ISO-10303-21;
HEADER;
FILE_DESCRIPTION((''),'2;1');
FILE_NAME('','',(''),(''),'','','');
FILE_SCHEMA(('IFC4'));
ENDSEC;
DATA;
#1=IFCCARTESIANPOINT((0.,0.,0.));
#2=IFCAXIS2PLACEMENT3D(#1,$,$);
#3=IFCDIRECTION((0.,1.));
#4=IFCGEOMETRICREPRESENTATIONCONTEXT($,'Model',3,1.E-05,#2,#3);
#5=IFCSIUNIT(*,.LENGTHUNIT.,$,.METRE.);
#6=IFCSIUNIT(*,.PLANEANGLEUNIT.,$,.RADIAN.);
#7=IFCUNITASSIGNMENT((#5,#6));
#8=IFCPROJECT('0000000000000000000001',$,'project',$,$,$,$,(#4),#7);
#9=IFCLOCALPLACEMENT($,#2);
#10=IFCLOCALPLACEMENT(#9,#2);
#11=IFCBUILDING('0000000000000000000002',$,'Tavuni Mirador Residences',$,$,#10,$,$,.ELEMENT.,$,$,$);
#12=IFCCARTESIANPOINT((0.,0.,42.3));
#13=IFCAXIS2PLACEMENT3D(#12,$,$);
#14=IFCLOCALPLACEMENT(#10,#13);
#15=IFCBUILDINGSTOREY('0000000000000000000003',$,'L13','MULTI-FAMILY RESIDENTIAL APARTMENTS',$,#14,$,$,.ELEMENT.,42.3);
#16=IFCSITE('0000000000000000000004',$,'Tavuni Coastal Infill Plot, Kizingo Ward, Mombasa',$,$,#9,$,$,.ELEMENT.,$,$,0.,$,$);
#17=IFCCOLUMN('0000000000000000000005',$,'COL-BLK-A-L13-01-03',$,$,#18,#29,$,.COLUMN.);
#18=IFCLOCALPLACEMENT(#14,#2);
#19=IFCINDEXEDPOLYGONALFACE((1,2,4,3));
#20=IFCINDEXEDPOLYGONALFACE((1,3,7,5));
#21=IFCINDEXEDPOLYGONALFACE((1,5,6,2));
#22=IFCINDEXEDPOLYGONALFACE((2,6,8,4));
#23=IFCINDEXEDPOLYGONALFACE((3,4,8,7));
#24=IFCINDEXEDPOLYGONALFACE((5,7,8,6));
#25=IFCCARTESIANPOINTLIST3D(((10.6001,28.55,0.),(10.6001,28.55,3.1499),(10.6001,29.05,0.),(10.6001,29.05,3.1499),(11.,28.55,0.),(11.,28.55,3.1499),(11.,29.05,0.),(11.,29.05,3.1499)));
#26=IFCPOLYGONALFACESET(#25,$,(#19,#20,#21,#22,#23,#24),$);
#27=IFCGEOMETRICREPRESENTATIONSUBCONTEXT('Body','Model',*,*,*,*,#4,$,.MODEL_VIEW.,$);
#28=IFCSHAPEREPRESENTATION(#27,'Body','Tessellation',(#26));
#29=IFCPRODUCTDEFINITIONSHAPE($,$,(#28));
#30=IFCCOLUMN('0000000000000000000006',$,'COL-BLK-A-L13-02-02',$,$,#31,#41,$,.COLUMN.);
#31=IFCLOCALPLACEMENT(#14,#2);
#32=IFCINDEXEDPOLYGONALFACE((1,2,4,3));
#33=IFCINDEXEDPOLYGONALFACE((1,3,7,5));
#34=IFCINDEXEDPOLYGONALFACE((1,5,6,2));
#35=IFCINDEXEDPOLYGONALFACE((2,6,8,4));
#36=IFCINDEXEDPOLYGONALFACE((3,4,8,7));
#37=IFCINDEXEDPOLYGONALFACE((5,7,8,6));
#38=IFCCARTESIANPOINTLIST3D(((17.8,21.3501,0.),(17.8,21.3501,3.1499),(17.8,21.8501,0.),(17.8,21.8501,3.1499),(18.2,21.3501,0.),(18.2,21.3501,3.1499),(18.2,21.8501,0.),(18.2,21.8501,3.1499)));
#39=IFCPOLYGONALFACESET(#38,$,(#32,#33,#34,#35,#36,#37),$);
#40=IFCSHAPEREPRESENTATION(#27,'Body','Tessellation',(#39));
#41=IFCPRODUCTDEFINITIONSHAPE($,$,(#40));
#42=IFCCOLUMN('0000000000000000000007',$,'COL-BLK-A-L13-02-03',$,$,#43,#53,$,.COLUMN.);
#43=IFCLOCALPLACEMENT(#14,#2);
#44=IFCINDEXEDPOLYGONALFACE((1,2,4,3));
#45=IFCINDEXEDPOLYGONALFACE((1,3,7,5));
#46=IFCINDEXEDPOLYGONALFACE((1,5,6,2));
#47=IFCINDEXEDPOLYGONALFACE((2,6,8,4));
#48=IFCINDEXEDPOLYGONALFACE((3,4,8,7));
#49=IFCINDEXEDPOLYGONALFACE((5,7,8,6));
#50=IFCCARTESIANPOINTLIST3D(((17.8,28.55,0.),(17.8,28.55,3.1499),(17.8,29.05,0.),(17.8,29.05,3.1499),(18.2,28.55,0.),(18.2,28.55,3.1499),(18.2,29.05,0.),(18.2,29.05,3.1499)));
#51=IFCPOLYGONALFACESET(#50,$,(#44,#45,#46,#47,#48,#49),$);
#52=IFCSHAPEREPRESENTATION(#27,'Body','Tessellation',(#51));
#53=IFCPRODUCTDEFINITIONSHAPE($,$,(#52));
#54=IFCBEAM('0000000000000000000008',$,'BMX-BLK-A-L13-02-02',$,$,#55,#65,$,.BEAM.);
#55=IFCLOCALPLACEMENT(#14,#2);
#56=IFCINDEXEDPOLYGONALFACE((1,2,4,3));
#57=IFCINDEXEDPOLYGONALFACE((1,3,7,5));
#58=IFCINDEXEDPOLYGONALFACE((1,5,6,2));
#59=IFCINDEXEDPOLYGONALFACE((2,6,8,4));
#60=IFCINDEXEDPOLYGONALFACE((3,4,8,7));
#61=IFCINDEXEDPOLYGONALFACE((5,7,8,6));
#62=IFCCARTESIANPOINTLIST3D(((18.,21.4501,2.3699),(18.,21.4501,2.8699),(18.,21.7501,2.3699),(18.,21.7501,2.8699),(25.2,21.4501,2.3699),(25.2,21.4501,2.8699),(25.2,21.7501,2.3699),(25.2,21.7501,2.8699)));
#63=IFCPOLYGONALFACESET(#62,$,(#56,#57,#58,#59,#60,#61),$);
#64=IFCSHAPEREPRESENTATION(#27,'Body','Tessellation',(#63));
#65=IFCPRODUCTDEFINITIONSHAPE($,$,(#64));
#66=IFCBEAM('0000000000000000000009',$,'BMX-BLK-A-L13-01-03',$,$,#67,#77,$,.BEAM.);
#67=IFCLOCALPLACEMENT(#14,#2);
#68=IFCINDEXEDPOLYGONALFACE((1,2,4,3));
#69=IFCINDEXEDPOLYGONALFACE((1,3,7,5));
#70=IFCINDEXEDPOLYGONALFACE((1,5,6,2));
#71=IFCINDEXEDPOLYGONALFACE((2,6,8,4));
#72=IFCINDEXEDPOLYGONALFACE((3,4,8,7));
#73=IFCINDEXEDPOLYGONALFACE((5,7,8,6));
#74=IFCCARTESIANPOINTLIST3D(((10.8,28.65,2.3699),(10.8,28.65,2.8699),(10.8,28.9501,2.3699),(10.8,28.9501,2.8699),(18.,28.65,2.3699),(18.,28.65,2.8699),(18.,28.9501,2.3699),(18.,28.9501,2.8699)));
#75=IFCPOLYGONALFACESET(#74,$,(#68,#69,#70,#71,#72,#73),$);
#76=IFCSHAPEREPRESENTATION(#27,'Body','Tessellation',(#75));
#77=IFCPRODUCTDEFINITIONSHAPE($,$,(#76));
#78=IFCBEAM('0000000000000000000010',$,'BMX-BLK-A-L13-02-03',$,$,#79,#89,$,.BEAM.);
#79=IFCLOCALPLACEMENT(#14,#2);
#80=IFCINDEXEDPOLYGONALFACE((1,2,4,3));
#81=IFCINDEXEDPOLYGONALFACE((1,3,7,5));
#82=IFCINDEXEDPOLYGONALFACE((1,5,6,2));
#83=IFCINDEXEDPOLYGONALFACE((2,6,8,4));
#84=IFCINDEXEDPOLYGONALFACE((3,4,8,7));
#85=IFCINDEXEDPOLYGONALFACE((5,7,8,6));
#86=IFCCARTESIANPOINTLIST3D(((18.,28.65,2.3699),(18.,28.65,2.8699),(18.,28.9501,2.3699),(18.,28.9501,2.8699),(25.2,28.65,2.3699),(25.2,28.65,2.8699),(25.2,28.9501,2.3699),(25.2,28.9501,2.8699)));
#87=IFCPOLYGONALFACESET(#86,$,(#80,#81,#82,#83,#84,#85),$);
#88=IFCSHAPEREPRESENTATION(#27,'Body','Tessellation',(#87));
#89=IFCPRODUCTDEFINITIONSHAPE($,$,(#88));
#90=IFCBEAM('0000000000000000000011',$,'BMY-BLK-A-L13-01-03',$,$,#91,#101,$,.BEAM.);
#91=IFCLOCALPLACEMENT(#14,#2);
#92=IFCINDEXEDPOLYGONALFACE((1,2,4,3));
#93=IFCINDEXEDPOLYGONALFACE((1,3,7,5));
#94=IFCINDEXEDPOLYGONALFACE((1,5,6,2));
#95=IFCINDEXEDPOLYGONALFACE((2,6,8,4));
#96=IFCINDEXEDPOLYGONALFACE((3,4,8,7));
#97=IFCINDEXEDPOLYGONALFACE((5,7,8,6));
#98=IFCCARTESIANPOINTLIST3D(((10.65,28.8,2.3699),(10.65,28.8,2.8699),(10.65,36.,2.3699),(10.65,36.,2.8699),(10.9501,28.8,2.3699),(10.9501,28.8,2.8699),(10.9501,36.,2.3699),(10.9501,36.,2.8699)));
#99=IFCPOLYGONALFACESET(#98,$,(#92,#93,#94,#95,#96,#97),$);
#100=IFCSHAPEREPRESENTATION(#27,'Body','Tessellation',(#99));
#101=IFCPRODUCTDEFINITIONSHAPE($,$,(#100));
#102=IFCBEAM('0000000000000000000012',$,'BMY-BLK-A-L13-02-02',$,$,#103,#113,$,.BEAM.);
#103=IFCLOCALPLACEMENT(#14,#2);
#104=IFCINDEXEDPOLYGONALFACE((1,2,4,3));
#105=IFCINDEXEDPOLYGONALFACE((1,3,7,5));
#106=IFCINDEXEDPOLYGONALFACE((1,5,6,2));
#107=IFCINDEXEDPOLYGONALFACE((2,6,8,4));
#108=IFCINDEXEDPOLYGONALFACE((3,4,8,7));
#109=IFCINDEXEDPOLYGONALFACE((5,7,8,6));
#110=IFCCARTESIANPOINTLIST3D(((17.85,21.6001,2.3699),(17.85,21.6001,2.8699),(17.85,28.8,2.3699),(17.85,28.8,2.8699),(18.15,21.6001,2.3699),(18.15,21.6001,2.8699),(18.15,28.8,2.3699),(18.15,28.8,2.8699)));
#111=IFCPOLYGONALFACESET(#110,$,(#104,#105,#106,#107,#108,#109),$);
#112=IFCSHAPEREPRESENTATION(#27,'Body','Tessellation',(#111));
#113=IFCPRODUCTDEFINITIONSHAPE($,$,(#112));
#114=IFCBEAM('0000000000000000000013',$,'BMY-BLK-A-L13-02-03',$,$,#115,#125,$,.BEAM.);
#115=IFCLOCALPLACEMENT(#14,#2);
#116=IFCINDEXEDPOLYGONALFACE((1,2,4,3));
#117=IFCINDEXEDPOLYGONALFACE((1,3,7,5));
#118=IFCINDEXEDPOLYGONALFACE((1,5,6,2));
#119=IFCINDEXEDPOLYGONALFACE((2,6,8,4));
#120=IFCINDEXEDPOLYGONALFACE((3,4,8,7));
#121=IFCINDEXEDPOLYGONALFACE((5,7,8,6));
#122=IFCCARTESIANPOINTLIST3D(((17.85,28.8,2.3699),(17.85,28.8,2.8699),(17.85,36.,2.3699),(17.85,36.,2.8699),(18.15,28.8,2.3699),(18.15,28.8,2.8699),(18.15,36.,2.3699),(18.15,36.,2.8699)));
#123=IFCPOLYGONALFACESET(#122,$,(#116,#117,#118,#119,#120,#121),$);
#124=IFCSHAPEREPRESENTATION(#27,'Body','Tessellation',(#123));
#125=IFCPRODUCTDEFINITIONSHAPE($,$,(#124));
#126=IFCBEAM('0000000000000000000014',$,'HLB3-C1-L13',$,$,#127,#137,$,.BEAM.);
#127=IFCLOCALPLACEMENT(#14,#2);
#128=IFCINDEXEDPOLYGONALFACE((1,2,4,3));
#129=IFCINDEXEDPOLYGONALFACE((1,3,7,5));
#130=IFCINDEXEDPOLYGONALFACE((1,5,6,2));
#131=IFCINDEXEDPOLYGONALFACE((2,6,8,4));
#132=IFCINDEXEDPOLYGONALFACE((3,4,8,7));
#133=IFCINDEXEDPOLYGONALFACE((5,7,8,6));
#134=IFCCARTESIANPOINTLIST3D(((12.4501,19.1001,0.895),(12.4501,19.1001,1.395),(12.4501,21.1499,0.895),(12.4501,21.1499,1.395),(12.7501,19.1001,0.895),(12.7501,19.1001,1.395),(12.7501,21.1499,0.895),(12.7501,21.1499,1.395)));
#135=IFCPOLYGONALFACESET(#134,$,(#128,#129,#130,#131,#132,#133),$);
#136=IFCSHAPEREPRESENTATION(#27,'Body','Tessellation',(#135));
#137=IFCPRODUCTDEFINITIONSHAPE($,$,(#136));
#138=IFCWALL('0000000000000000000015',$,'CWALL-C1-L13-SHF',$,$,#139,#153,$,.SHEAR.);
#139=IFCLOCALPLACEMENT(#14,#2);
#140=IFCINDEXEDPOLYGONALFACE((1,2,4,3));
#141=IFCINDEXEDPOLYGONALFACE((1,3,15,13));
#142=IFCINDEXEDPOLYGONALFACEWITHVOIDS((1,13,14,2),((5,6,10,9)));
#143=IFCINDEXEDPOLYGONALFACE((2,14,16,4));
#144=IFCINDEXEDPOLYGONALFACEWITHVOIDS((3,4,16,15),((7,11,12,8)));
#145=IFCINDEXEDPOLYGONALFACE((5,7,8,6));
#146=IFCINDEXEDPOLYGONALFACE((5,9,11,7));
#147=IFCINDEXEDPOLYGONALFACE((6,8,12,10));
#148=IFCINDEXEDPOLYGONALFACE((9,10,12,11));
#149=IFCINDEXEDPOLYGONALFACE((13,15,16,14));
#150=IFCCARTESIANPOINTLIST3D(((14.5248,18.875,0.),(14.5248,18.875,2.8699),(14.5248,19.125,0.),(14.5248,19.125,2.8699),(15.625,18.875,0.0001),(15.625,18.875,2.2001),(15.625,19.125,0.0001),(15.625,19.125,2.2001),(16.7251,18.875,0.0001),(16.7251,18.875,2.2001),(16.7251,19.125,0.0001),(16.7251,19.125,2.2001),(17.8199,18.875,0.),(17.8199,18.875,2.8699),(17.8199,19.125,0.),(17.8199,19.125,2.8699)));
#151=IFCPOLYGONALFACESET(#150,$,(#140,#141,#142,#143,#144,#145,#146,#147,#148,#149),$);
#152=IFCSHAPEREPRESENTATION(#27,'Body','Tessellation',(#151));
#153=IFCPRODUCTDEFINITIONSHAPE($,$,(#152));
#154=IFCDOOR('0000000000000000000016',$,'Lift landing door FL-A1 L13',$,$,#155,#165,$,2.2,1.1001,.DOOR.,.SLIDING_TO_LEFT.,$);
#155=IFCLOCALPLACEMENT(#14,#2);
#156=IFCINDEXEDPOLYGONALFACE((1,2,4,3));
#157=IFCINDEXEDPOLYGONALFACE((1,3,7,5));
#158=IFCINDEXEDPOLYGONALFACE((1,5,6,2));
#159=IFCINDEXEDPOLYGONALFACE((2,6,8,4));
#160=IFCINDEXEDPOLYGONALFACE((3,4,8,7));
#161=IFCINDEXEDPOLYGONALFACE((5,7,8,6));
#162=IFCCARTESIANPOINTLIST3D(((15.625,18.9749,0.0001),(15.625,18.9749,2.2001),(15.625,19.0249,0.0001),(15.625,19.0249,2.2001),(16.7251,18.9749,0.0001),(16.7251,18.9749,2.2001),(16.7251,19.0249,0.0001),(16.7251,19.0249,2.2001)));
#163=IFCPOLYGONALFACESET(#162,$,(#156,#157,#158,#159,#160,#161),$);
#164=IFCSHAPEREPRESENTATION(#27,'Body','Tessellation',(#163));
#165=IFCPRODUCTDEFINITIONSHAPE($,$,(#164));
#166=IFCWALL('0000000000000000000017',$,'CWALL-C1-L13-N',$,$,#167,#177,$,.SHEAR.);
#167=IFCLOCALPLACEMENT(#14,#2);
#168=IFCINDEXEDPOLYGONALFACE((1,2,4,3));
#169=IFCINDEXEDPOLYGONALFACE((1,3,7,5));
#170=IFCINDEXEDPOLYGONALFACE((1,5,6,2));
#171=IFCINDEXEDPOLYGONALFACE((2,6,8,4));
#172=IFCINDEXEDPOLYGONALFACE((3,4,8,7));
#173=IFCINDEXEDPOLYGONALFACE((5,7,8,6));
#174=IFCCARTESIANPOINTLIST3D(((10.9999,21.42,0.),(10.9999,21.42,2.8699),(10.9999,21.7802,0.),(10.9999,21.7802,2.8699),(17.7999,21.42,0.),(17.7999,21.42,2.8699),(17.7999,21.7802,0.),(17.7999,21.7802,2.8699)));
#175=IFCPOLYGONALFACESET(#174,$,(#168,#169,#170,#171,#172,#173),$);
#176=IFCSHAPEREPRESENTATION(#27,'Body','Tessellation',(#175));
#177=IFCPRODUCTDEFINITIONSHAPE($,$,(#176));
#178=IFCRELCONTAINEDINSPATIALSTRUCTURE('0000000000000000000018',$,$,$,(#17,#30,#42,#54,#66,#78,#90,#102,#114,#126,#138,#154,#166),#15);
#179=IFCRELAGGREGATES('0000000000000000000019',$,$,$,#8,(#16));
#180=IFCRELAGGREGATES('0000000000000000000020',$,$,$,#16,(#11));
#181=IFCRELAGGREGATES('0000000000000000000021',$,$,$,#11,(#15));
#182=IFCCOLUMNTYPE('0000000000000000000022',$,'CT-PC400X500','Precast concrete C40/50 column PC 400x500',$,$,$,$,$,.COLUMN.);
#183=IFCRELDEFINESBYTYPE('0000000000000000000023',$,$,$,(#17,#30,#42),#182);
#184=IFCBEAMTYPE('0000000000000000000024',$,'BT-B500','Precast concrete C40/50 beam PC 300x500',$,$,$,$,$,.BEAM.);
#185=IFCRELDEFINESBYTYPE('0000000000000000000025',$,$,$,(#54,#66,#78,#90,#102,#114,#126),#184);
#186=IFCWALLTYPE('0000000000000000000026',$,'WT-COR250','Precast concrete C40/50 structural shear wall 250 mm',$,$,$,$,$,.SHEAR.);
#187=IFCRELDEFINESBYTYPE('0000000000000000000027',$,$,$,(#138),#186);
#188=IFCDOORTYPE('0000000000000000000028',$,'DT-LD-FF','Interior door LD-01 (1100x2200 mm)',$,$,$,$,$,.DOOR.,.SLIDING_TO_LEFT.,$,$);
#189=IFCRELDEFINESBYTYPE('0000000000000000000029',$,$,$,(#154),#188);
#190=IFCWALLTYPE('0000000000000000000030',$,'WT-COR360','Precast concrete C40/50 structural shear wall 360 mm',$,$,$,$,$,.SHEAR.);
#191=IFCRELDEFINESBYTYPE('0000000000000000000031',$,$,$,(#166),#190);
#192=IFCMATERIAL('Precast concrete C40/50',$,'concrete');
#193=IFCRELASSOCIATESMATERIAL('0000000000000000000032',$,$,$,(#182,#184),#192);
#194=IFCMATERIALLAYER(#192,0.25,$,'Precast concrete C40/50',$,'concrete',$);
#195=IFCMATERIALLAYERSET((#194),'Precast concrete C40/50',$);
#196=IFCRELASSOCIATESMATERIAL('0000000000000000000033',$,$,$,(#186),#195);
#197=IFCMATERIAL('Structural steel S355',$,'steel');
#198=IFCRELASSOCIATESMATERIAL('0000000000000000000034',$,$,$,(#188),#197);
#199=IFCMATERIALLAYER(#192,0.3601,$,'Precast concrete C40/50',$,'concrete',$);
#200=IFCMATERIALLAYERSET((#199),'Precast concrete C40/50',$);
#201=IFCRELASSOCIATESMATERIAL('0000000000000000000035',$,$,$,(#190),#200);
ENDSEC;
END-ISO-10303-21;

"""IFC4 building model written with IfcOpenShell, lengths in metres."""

from ifc_helpers import new_model, si_unit, direction, frame, frame_2d, origin, origin_2d, place, context, subcontext, project, spatial, rectangle, extrude, material, layer, layer_set, material_profile, profile_set, type_object, element, fill, save


model = new_model("IFC4")

# Units and contexts
model_context = context("Model", 3, precision=1e-05, world=origin(), true_north=direction((0.0, 1.0)))
body_context = subcontext(model_context, "Body", "Model", "MODEL_VIEW")
ifc_project = project(units=[si_unit("LENGTHUNIT", "METRE"), si_unit("PLANEANGLEUNIT", "RADIAN")], contexts=[model_context])

# Site, building, storey
site_placement = place(None, origin())
site = spatial("IfcSite", under=ifc_project, at=site_placement, Name="Tavuni Coastal Infill Plot, Kizingo Ward, Mombasa", CompositionType="ELEMENT", RefElevation=0.0)
building_placement = place(site_placement, origin())
building = spatial("IfcBuilding", under=site, at=building_placement, Name="Tavuni Mirador Residences", CompositionType="ELEMENT")
storey_placement = place(building_placement, frame((0.0, 0.0, 42.3)))
storey = spatial("IfcBuildingStorey", under=building, at=storey_placement, Name="L13", Description="MULTI-FAMILY RESIDENTIAL APARTMENTS", CompositionType="ELEMENT", Elevation=42.3)

# Columns
ifc_material_1 = material(Name="Precast concrete C40/50", Category="concrete")
ifc_material_profile_1 = material_profile(ifc_material_1, rectangle(XDim=0.3999, YDim=0.5, at=origin_2d()), Name="PC 400x500", Category="concrete")
ifc_profile_set_1 = profile_set([ifc_material_profile_1], Name="Precast concrete C40/50")
column_type = type_object("IfcColumnType", Name="CT-PC400X500", Description="Precast concrete C40/50 column PC 400x500", PredefinedType="COLUMN", material=ifc_profile_set_1)
for number, where, z_axis, x_axis, name in (
    (1, (10.8, 28.8, 0.0), (0.0, 0.0, 1.0), (1.0, 0.0, 0.0), "COL-BLK-A-L13-01-03"),
    (2, (18.0, 21.6001, 0.0), (0.0, 0.0, 1.0), (1.0, 0.0, 0.0), "COL-BLK-A-L13-02-02"),
    (3, (18.0, 28.8, 0.0), (0.0, 0.0, 1.0), (1.0, 0.0, 0.0), "COL-BLK-A-L13-02-03"),
):
    element("IfcColumn", number, at=place(storey_placement, frame(where, z_axis=z_axis, x_axis=x_axis)), inside=storey, type_object=column_type, Name=name, PredefinedType="COLUMN", context=body_context, shape_type="SweptSolid", body=[
        extrude(rectangle(XDim=0.3999, YDim=0.5, at=origin_2d()), origin(), (0.0, 0.0, 1.0), 3.1499),
    ])

# Beams
ifc_material_profile_2 = material_profile(ifc_material_1, rectangle(XDim=0.3, YDim=0.5, at=origin_2d()), Name="PC 300x500", Category="concrete")
ifc_profile_set_2 = profile_set([ifc_material_profile_2], Name="Precast concrete C40/50")
beam_type = type_object("IfcBeamType", Name="BT-B500", Description="Precast concrete C40/50 beam PC 300x500", PredefinedType="BEAM", material=ifc_profile_set_2)
for number, where, z_axis, x_axis, name in (
    (4, (18.0, 21.6001, 2.6199), (1.0, 0.0, 0.0), (0.0, 1.0, 0.0), "BMX-BLK-A-L13-02-02"),
    (5, (10.8, 28.8, 2.6199), (1.0, 0.0, 0.0), (0.0, 1.0, 0.0), "BMX-BLK-A-L13-01-03"),
    (6, (18.0, 28.8, 2.6199), (1.0, 0.0, 0.0), (0.0, 1.0, 0.0), "BMX-BLK-A-L13-02-03"),
    (7, (10.8, 28.8, 2.6199), (0.0, 1.0, 0.0), (-1.0, 0.0, 0.0), "BMY-BLK-A-L13-01-03"),
    (8, (18.0, 21.6001, 2.6199), (0.0, 1.0, 0.0), (-1.0, 0.0, 0.0), "BMY-BLK-A-L13-02-02"),
    (9, (18.0, 28.8, 2.6199), (0.0, 1.0, 0.0), (-1.0, 0.0, 0.0), "BMY-BLK-A-L13-02-03"),
):
    element("IfcBeam", number, at=place(storey_placement, frame(where, z_axis=z_axis, x_axis=x_axis)), inside=storey, type_object=beam_type, Name=name, PredefinedType="BEAM", context=body_context, shape_type="SweptSolid", body=[
        extrude(rectangle(XDim=0.3, YDim=0.5, at=origin_2d()), origin(), (0.0, 0.0, 1.0), 7.2),
    ])
beam_placement = place(storey_placement, frame((12.6001, 19.1001, 1.145), z_axis=(0.0, 1.0, 0.0), x_axis=(-1.0, 0.0, 0.0)))
element("IfcBeam", 10, at=beam_placement, inside=storey, type_object=beam_type, Name="HLB3-C1-L13", PredefinedType="BEAM", context=body_context, shape_type="SweptSolid", body=[
    extrude(rectangle(XDim=0.3, YDim=0.5, at=origin_2d()), origin(), (0.0, 0.0, 1.0), 2.0498),
])

# Wall, opening, door
ifc_layer_1 = layer(ifc_material_1, 0.25, Name="Precast concrete C40/50", Category="concrete")
ifc_layer_set_1 = layer_set([ifc_layer_1], Name="Precast concrete C40/50")
wall_type_1 = type_object("IfcWallType", Name="WT-COR250", Description="Precast concrete C40/50 structural shear wall 250 mm", PredefinedType="SHEAR", material=ifc_layer_set_1)
wall_1_placement = place(storey_placement, frame((14.5249, 19.0, 0.0), z_axis=(0.0, 0.0, 1.0), x_axis=(1.0, 0.0, 0.0)))
wall_1 = element("IfcWall", 11, at=wall_1_placement, inside=storey, type_object=wall_type_1, Name="CWALL-C1-L13-SHF", PredefinedType="SHEAR", context=body_context, shape_type="SweptSolid", body=[
    extrude(rectangle(XDim=3.2952, YDim=0.25, at=frame_2d((1.6475, 0.0))), origin(), (0.0, 0.0, 1.0), 2.8699),
])
opening_1_placement = place(wall_1_placement, frame((1.1001, 0.0, 0.0)))
opening_1 = element("IfcOpeningElement", 12, at=opening_1_placement, cuts=wall_1, PredefinedType="OPENING", context=body_context, shape_type="SweptSolid", body=[
    extrude(rectangle(XDim=1.1001, YDim=2.2, at=frame_2d((0.55, 1.1001))), frame((0.0, 0.135, 0.0), z_axis=(0.0, -1.0, 0.0), x_axis=(1.0, 0.0, 0.0)), (0.0, 0.0, 1.0), 0.27),
])
ifc_material_2 = material(Name="Structural steel S355", Category="steel")
door_type_1 = type_object("IfcDoorType", Name="DT-LD-FF", Description="Interior door LD-01 (1100x2200 mm)", OperationType="SLIDING_TO_LEFT", PredefinedType="DOOR", material=ifc_material_2)
door_1_placement = place(opening_1_placement, origin())
door_1 = element("IfcDoor", 13, at=door_1_placement, inside=storey, type_object=door_type_1, Name="Lift landing door FL-A1 L13", OperationType="SLIDING_TO_LEFT", OverallHeight=2.2, OverallWidth=1.1001, PredefinedType="DOOR", context=body_context, shape_type="SweptSolid", body=[
    extrude(rectangle(XDim=1.1001, YDim=2.2, at=frame_2d((0.55, 1.1001))), frame((0.0, 0.0249, 0.0), z_axis=(0.0, -1.0, 0.0), x_axis=(1.0, 0.0, 0.0)), (0.0, 0.0, 1.0), 0.05),
])
fill(opening_1, door_1)

# Wall
ifc_layer_2 = layer(ifc_material_1, 0.3601, Name="Precast concrete C40/50", Category="concrete")
ifc_layer_set_2 = layer_set([ifc_layer_2], Name="Precast concrete C40/50")
wall_type_2 = type_object("IfcWallType", Name="WT-COR360", Description="Precast concrete C40/50 structural shear wall 360 mm", PredefinedType="SHEAR", material=ifc_layer_set_2)
wall_2_placement = place(storey_placement, frame((11.0, 21.6001, 0.0), z_axis=(0.0, 0.0, 1.0), x_axis=(1.0, 0.0, 0.0)))
element("IfcWall", 14, at=wall_2_placement, inside=storey, type_object=wall_type_2, Name="CWALL-C1-L13-N", PredefinedType="SHEAR", context=body_context, shape_type="SweptSolid", body=[
    extrude(rectangle(XDim=6.8, YDim=0.3601, at=frame_2d((3.3999, 0.0))), origin(), (0.0, 0.0, 1.0), 2.8699),
])

save(model, "model.ifc")
